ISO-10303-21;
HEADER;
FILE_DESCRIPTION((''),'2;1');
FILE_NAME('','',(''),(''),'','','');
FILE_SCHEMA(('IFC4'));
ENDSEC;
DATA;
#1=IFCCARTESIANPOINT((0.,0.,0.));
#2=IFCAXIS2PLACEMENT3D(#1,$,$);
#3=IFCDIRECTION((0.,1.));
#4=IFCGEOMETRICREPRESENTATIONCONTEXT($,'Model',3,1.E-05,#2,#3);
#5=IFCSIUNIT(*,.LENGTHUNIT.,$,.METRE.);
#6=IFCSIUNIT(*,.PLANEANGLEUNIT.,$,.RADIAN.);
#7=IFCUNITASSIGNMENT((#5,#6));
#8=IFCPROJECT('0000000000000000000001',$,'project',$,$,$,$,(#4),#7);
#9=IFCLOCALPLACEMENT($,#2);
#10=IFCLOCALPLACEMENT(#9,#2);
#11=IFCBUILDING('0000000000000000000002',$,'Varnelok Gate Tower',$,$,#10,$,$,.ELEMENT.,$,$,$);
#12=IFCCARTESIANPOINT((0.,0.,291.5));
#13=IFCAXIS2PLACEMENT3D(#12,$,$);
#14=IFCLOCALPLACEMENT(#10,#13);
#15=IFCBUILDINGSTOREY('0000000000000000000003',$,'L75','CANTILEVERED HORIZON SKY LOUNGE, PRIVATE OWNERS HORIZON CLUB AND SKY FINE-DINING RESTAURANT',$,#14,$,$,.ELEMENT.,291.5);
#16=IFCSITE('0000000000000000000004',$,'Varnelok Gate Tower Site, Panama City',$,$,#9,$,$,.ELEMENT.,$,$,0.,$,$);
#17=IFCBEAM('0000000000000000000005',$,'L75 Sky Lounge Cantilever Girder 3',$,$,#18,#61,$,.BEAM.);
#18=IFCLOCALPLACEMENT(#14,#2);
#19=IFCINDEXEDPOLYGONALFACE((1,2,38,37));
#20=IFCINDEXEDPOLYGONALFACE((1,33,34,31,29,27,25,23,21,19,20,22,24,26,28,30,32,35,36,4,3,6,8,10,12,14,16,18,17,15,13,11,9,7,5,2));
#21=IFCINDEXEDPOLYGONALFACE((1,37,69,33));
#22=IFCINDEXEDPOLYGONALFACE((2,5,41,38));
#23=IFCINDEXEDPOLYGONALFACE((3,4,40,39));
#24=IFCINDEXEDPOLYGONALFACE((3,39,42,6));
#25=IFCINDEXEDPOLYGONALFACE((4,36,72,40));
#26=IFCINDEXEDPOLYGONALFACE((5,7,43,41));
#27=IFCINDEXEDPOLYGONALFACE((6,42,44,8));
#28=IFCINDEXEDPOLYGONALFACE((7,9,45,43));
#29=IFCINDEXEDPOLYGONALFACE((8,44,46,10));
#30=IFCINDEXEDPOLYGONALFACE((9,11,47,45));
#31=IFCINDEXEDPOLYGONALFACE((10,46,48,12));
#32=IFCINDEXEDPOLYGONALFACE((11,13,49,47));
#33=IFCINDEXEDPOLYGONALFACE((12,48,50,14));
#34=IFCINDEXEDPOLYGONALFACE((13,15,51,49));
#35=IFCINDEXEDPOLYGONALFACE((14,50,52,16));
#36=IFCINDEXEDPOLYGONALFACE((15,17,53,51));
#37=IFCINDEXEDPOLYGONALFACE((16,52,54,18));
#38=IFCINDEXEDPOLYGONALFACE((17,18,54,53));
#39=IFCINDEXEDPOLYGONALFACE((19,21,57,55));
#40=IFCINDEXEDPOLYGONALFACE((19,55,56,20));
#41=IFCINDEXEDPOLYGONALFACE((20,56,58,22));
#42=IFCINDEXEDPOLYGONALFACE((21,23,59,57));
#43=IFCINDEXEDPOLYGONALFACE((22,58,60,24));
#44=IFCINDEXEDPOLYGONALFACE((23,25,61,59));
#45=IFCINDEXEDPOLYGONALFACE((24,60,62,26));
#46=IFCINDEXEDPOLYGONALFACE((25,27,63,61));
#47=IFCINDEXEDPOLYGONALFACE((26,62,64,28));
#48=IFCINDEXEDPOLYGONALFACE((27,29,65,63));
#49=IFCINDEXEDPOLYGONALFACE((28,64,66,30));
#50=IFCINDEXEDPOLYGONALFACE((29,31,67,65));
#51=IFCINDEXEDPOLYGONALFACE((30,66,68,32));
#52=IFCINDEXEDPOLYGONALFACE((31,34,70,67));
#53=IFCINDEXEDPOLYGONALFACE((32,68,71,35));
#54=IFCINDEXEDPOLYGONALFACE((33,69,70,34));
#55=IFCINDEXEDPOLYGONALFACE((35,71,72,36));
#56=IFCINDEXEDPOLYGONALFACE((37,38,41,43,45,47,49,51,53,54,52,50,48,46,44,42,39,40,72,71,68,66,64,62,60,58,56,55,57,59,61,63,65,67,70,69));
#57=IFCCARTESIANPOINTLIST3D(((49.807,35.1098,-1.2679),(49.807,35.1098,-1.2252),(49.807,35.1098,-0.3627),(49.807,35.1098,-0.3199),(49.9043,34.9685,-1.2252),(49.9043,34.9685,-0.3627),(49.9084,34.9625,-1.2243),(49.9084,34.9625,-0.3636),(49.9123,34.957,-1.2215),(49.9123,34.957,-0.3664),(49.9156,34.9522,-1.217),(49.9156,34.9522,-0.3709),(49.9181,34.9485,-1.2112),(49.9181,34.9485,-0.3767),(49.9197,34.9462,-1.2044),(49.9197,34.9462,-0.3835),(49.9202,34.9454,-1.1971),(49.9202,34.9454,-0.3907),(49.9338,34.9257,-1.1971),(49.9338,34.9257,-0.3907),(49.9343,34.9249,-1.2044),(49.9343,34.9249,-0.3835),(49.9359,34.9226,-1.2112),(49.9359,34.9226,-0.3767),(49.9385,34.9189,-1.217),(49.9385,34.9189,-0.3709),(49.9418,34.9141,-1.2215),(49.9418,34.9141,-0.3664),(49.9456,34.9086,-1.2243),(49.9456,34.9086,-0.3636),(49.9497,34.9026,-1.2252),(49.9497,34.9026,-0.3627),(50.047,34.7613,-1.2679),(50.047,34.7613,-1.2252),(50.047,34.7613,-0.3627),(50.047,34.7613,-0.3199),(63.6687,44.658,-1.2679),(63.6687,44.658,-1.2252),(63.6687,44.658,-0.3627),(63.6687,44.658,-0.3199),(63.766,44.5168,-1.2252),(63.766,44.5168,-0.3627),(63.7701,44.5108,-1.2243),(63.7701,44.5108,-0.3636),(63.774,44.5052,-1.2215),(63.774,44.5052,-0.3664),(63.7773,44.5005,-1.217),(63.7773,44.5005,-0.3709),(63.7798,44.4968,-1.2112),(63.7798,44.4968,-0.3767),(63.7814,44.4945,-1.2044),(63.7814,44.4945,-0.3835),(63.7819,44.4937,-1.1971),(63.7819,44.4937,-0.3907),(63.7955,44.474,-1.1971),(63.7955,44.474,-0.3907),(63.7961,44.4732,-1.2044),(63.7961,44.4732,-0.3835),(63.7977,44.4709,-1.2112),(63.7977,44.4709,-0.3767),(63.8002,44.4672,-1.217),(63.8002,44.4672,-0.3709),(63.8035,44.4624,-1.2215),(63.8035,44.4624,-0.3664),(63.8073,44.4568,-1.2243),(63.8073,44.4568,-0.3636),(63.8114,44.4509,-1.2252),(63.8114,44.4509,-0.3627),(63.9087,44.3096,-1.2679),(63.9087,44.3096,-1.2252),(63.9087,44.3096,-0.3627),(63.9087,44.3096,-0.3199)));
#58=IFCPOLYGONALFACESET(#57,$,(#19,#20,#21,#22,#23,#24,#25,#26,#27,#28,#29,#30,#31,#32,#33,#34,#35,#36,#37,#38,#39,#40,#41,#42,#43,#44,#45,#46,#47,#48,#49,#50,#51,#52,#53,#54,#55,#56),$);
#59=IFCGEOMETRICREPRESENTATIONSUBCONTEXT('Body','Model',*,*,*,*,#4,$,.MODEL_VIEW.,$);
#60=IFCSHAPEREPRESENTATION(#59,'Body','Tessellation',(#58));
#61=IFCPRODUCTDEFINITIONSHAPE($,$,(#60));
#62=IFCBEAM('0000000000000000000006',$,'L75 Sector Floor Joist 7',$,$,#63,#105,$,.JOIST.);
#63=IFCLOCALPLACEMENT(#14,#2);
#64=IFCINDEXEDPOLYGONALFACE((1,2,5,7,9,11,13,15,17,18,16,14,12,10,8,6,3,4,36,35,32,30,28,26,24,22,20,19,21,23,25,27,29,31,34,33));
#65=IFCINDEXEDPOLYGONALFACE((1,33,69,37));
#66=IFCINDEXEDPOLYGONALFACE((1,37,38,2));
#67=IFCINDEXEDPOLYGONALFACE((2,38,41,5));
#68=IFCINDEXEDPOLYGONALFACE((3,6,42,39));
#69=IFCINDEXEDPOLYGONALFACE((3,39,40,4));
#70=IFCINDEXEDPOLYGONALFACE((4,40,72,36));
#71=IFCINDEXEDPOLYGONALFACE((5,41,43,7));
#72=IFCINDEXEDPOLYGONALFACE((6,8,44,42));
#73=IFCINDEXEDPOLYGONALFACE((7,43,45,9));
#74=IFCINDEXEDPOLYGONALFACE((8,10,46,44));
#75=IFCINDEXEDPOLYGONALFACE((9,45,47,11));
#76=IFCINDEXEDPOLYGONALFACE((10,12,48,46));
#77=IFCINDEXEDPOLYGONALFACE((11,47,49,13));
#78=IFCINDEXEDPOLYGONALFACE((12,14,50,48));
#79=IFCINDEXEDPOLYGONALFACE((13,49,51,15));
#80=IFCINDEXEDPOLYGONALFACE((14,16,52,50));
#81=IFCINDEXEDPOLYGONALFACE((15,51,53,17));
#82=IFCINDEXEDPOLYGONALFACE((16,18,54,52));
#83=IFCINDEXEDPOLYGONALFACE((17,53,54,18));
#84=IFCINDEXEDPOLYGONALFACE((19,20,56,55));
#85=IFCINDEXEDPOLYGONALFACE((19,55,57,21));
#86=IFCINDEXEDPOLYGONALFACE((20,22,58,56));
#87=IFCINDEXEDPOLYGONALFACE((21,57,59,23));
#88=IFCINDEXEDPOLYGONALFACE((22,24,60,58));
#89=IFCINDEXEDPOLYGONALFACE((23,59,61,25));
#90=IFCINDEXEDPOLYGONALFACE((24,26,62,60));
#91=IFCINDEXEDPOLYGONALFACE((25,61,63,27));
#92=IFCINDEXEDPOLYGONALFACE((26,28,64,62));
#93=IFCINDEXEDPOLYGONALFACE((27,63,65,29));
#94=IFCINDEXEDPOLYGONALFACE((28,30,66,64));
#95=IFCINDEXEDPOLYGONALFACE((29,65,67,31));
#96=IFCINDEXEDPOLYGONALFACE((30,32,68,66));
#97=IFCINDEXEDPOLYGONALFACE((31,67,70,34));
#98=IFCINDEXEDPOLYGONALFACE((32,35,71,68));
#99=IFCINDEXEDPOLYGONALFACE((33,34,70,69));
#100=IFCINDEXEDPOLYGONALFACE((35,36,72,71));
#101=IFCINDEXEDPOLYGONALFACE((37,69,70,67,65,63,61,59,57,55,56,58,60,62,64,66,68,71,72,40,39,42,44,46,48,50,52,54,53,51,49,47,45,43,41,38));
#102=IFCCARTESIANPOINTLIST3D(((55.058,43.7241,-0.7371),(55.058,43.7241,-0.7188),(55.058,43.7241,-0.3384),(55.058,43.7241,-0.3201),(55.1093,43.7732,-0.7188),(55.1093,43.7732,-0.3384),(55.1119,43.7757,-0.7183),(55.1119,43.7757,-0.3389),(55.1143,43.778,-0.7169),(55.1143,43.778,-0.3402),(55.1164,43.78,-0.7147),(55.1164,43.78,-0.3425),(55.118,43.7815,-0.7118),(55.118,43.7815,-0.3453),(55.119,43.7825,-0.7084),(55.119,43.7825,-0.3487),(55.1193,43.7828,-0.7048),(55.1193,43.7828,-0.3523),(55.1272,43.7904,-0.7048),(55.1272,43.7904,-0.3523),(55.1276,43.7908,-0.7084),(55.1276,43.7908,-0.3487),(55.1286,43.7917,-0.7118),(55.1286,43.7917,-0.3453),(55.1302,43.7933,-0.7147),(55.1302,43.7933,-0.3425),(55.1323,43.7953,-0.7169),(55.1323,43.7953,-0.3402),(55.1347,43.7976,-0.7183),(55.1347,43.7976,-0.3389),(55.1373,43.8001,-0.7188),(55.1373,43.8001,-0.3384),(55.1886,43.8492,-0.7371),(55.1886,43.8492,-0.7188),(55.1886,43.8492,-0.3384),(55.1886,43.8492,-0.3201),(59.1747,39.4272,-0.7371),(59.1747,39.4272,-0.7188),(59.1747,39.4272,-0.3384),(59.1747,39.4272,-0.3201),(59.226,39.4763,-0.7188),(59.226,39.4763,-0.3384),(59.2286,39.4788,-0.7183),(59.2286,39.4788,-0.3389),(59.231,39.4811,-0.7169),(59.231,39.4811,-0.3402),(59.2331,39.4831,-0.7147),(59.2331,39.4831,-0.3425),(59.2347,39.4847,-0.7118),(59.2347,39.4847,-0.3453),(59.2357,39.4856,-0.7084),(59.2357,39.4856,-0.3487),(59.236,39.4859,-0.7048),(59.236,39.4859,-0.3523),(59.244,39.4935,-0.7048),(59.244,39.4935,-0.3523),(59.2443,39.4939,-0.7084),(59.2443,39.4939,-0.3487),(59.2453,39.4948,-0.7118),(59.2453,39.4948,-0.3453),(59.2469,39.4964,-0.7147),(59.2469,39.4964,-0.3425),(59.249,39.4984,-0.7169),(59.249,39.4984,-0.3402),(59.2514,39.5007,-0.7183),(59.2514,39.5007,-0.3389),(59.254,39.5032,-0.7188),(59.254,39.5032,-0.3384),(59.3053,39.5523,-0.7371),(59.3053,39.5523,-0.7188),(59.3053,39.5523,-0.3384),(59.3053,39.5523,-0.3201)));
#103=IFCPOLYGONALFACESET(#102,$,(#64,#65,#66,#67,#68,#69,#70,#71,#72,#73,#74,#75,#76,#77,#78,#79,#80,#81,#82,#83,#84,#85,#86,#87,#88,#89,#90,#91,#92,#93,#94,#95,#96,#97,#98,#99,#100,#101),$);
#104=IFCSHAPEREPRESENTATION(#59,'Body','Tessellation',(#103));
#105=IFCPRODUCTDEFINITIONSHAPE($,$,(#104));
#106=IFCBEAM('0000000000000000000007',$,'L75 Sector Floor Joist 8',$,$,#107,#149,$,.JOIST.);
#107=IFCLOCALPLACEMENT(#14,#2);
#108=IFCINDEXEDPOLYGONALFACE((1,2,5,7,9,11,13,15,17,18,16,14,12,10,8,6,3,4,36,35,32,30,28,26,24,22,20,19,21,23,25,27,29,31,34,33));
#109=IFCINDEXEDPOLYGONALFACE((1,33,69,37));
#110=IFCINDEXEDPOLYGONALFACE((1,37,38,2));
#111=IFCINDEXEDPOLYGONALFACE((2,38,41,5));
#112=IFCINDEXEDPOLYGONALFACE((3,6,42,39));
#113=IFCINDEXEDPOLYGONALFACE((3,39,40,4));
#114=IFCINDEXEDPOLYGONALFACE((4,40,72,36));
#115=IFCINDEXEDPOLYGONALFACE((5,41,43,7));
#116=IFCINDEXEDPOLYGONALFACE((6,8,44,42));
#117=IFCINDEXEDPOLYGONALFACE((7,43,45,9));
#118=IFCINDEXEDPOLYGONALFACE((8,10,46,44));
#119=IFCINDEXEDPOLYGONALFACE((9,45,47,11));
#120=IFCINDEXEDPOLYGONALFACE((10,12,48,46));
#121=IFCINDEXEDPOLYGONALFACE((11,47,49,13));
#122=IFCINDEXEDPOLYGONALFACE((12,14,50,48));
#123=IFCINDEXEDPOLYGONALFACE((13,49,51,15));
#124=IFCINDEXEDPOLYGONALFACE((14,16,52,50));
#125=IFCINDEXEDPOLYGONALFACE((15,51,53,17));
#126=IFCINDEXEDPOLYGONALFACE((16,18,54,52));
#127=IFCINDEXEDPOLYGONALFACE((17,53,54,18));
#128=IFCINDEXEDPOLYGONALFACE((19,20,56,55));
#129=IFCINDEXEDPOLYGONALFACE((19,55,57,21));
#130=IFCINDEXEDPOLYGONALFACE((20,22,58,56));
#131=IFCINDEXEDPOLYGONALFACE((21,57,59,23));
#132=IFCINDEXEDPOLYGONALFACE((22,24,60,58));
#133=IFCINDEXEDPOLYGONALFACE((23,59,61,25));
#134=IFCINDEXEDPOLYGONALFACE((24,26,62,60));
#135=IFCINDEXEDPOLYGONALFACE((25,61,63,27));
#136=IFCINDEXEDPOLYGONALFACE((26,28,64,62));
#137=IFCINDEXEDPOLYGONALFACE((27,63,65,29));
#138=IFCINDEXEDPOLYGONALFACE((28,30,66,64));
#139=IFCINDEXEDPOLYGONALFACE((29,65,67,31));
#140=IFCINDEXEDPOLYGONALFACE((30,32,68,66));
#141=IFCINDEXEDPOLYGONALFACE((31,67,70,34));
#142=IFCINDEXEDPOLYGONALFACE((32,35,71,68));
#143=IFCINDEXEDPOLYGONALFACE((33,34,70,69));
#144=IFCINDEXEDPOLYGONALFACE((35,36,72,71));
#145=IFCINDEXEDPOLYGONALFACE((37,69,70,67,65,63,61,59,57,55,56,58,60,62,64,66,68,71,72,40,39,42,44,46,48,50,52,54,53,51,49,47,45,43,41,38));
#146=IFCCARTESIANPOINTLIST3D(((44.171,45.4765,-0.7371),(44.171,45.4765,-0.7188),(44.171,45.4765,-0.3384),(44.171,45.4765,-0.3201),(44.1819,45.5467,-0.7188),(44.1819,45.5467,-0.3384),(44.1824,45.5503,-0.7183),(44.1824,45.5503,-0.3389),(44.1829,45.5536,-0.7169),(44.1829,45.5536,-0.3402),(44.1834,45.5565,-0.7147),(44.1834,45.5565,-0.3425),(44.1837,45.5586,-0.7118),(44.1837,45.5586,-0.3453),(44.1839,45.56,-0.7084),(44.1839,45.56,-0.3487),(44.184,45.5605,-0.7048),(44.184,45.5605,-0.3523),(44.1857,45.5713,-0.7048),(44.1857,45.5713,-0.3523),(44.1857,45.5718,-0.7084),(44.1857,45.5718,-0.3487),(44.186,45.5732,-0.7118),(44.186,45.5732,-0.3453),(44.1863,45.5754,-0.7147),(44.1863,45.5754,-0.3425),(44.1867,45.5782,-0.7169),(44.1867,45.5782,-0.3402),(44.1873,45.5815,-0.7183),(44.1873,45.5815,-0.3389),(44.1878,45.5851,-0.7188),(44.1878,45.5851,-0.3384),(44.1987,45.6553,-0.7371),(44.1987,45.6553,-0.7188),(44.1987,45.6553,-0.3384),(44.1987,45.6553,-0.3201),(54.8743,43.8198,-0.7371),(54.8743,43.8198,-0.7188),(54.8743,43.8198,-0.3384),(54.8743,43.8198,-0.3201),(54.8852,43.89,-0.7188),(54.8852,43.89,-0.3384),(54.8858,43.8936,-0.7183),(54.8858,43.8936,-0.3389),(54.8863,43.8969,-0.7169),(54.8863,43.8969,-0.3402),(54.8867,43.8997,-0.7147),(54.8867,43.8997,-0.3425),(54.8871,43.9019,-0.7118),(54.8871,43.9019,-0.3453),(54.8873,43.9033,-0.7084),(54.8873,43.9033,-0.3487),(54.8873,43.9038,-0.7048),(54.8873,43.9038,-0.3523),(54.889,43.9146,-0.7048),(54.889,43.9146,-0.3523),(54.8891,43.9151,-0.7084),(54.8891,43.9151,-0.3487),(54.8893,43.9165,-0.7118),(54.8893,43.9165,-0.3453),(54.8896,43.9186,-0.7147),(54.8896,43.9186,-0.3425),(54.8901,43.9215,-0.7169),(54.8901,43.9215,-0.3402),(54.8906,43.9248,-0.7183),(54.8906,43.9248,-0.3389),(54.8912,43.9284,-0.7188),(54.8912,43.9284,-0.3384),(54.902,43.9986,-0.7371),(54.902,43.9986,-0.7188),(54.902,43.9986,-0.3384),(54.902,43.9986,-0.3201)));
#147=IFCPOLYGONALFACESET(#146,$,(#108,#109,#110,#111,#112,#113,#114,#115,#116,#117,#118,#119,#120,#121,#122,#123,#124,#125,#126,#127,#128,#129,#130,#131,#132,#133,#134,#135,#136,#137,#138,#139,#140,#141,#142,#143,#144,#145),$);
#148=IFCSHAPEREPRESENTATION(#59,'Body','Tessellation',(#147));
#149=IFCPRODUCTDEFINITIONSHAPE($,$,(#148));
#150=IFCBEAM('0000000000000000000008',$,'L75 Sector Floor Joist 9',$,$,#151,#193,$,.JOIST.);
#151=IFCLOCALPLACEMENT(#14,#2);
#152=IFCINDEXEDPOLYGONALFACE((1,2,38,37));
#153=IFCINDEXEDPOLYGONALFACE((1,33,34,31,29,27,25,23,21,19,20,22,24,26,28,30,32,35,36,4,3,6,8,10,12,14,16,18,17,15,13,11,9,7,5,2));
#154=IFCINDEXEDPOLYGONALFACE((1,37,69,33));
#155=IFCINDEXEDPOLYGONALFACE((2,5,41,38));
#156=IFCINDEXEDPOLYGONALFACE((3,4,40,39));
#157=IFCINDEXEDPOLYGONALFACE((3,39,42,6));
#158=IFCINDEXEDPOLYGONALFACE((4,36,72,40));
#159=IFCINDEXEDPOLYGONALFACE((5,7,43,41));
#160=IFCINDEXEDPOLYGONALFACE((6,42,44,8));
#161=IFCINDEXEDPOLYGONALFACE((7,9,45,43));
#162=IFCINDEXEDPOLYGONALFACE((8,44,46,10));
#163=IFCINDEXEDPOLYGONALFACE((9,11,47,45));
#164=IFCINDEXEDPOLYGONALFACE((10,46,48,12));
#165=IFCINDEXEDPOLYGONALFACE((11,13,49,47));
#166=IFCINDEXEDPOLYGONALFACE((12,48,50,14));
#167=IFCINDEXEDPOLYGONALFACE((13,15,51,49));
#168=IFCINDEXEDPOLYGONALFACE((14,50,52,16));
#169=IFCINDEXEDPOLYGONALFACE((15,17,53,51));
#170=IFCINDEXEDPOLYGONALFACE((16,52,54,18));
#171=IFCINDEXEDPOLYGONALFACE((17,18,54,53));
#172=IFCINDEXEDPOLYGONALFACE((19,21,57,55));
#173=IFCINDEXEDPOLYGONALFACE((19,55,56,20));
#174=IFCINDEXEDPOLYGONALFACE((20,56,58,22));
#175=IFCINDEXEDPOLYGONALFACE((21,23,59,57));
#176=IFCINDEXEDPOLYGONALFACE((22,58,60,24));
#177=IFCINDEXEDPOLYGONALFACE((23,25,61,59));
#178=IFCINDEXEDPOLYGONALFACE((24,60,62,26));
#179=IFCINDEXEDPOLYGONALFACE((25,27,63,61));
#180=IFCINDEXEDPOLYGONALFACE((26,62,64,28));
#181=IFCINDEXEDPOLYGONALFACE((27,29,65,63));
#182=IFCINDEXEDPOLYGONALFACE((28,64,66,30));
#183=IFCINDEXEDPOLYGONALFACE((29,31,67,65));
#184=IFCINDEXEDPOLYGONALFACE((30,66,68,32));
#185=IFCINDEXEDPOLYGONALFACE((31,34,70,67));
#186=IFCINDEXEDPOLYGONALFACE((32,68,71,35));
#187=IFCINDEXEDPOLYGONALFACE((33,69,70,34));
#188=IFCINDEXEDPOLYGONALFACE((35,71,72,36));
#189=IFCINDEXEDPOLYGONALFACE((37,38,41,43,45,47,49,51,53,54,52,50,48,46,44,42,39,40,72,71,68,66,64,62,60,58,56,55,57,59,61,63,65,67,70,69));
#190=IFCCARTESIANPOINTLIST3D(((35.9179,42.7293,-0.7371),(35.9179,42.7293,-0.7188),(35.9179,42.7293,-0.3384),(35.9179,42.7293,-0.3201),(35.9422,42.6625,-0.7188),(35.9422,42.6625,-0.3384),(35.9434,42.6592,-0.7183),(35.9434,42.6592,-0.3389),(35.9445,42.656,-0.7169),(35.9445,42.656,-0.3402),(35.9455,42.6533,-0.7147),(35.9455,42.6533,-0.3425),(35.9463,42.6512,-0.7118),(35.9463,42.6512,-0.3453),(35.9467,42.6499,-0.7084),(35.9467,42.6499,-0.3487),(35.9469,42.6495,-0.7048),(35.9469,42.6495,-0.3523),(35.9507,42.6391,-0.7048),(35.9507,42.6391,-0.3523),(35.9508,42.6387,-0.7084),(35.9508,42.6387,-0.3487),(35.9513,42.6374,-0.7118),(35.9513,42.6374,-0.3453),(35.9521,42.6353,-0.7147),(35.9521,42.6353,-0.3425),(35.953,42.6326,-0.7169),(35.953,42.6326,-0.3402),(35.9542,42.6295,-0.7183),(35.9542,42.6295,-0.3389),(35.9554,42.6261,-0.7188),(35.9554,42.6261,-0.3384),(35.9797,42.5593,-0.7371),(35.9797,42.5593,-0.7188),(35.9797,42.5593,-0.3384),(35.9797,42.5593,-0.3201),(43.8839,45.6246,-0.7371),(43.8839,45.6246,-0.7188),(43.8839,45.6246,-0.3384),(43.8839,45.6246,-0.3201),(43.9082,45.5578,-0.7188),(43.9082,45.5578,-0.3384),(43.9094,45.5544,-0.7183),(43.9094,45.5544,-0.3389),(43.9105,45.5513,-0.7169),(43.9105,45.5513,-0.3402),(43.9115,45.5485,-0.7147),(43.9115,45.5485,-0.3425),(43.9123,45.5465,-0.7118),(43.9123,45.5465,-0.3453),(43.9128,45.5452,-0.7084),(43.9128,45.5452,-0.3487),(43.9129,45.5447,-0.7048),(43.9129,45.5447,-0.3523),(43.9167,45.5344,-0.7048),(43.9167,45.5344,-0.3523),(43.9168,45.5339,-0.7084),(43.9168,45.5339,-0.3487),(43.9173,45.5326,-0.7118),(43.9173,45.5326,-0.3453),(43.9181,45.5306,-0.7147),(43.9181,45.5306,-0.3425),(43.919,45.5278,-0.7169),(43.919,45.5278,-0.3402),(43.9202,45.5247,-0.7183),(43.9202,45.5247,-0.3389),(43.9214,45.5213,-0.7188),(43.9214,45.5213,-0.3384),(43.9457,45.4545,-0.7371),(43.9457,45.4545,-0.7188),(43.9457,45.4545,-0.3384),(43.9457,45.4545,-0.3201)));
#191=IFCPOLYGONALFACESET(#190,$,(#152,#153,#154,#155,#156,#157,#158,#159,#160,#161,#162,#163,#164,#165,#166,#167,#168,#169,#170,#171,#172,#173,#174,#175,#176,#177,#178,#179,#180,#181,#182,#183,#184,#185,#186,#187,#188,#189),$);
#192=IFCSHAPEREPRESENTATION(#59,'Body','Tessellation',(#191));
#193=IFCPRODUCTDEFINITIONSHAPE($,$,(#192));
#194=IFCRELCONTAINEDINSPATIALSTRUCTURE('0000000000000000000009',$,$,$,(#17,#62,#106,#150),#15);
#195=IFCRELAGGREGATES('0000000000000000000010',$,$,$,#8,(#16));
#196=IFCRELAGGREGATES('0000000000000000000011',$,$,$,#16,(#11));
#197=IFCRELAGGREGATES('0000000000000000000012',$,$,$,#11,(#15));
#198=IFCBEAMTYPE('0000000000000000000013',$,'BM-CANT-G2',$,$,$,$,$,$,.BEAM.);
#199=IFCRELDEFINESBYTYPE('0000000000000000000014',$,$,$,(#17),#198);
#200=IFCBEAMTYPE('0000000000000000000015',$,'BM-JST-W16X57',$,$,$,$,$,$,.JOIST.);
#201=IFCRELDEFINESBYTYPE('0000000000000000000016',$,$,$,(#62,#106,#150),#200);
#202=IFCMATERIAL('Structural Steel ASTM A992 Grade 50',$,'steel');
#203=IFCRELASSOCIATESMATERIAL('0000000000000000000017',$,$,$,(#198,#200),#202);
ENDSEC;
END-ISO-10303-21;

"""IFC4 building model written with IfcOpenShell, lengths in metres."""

from ifc_helpers import new_model, si_unit, direction, frame, origin, origin_2d, place, context, subcontext, project, spatial, i_section, extrude, material, material_profile, profile_set, type_object, element, save


model = new_model("IFC4")

# Units and contexts
model_context = context("Model", 3, precision=1e-05, world=origin(), true_north=direction((0.0, 1.0)))
body_context = subcontext(model_context, "Body", "Model", "MODEL_VIEW")
ifc_project = project(units=[si_unit("LENGTHUNIT", "METRE"), si_unit("PLANEANGLEUNIT", "RADIAN")], contexts=[model_context])

# Site, building, storey
site_placement = place(None, origin())
site = spatial("IfcSite", under=ifc_project, at=site_placement, Name="Varnelok Gate Tower Site, Panama City", CompositionType="ELEMENT", RefElevation=0.0)
building_placement = place(site_placement, origin())
building = spatial("IfcBuilding", under=site, at=building_placement, Name="Varnelok Gate Tower", CompositionType="ELEMENT")
storey_placement = place(building_placement, frame((0.0, 0.0, 291.5)))
storey = spatial("IfcBuildingStorey", under=building, at=storey_placement, Name="L75", Description="CANTILEVERED HORIZON SKY LOUNGE, PRIVATE OWNERS HORIZON CLUB AND SKY FINE-DINING RESTAURANT", CompositionType="ELEMENT", Elevation=291.5)

# Shared definitions
ifc_material_1 = material(Name="Structural Steel ASTM A992 Grade 50", Category="steel")

# Beams
ifc_material_profile_1 = material_profile(ifc_material_1, i_section(OverallWidth=0.4231, OverallDepth=0.948, WebThickness=0.0239, FlangeThickness=0.0427, FilletRadius=0.0281, at=origin_2d()), Name="W36X302")
ifc_profile_set_1 = profile_set([ifc_material_profile_1], Name="Structural Steel ASTM A992 Grade 50")
beam_type_1 = type_object("IfcBeamType", Name="BM-CANT-G2", PredefinedType="BEAM", material=ifc_profile_set_1)
beam_1_placement = place(storey_placement, frame((49.927, 34.9355, -0.7939), z_axis=(0.823533, 0.567269, 0.0), x_axis=(-0.567269, 0.823533, 0.0)))
element("IfcBeam", 1, at=beam_1_placement, inside=storey, type_object=beam_type_1, Name="L75 Sky Lounge Cantilever Girder 3", PredefinedType="BEAM", context=body_context, shape_type="SweptSolid", body=[
    extrude(i_section(OverallWidth=0.4231, OverallDepth=0.948, WebThickness=0.0239, FlangeThickness=0.0427, FilletRadius=0.0281, at=origin_2d()), origin(), (0.0, 0.0, 1.0), 16.832),
])
ifc_material_profile_2 = material_profile(ifc_material_1, i_section(OverallWidth=0.1809, OverallDepth=0.417, WebThickness=0.011, FlangeThickness=0.0183, FilletRadius=0.0139, at=origin_2d()), Name="W16X57")
ifc_profile_set_2 = profile_set([ifc_material_profile_2], Name="Structural Steel ASTM A992 Grade 50")
beam_type_2 = type_object("IfcBeamType", Name="BM-JST-W16X57", PredefinedType="JOIST", material=ifc_profile_set_2)
beam_2_placement = place(storey_placement, frame((59.24, 39.4897, -0.5286), z_axis=(-0.691806, 0.722084, 0.0), x_axis=(-0.722084, -0.691806, 0.0)))
element("IfcBeam", 2, at=beam_2_placement, inside=storey, type_object=beam_type_2, Name="L75 Sector Floor Joist 7", PredefinedType="JOIST", context=body_context, shape_type="SweptSolid", body=[
    extrude(i_section(OverallWidth=0.1809, OverallDepth=0.417, WebThickness=0.011, FlangeThickness=0.0183, FilletRadius=0.0139, at=origin_2d()), origin(), (0.0, 0.0, 1.0), 5.9507),
])
beam_3_placement = place(storey_placement, frame((54.8882, 43.9092, -0.5286), z_axis=(-0.988232, 0.152965, 0.0), x_axis=(-0.152965, -0.988232, 0.0)))
element("IfcBeam", 3, at=beam_3_placement, inside=storey, type_object=beam_type_2, Name="L75 Sector Floor Joist 8", PredefinedType="JOIST", context=body_context, shape_type="SweptSolid", body=[
    extrude(i_section(OverallWidth=0.1809, OverallDepth=0.417, WebThickness=0.011, FlangeThickness=0.0183, FilletRadius=0.0139, at=origin_2d()), origin(), (0.0, 0.0, 1.0), 10.8308),
])
beam_4_placement = place(storey_placement, frame((43.9148, 45.5396, -0.5286), z_axis=(-0.93985, -0.341588, 0.0), x_axis=(0.341588, -0.93985, 0.0)))
element("IfcBeam", 4, at=beam_4_placement, inside=storey, type_object=beam_type_2, Name="L75 Sector Floor Joist 9", PredefinedType="JOIST", context=body_context, shape_type="SweptSolid", body=[
    extrude(i_section(OverallWidth=0.1809, OverallDepth=0.417, WebThickness=0.011, FlangeThickness=0.0183, FilletRadius=0.0139, at=origin_2d()), origin(), (0.0, 0.0, 1.0), 8.4758),
])

save(model, "model.ifc")
